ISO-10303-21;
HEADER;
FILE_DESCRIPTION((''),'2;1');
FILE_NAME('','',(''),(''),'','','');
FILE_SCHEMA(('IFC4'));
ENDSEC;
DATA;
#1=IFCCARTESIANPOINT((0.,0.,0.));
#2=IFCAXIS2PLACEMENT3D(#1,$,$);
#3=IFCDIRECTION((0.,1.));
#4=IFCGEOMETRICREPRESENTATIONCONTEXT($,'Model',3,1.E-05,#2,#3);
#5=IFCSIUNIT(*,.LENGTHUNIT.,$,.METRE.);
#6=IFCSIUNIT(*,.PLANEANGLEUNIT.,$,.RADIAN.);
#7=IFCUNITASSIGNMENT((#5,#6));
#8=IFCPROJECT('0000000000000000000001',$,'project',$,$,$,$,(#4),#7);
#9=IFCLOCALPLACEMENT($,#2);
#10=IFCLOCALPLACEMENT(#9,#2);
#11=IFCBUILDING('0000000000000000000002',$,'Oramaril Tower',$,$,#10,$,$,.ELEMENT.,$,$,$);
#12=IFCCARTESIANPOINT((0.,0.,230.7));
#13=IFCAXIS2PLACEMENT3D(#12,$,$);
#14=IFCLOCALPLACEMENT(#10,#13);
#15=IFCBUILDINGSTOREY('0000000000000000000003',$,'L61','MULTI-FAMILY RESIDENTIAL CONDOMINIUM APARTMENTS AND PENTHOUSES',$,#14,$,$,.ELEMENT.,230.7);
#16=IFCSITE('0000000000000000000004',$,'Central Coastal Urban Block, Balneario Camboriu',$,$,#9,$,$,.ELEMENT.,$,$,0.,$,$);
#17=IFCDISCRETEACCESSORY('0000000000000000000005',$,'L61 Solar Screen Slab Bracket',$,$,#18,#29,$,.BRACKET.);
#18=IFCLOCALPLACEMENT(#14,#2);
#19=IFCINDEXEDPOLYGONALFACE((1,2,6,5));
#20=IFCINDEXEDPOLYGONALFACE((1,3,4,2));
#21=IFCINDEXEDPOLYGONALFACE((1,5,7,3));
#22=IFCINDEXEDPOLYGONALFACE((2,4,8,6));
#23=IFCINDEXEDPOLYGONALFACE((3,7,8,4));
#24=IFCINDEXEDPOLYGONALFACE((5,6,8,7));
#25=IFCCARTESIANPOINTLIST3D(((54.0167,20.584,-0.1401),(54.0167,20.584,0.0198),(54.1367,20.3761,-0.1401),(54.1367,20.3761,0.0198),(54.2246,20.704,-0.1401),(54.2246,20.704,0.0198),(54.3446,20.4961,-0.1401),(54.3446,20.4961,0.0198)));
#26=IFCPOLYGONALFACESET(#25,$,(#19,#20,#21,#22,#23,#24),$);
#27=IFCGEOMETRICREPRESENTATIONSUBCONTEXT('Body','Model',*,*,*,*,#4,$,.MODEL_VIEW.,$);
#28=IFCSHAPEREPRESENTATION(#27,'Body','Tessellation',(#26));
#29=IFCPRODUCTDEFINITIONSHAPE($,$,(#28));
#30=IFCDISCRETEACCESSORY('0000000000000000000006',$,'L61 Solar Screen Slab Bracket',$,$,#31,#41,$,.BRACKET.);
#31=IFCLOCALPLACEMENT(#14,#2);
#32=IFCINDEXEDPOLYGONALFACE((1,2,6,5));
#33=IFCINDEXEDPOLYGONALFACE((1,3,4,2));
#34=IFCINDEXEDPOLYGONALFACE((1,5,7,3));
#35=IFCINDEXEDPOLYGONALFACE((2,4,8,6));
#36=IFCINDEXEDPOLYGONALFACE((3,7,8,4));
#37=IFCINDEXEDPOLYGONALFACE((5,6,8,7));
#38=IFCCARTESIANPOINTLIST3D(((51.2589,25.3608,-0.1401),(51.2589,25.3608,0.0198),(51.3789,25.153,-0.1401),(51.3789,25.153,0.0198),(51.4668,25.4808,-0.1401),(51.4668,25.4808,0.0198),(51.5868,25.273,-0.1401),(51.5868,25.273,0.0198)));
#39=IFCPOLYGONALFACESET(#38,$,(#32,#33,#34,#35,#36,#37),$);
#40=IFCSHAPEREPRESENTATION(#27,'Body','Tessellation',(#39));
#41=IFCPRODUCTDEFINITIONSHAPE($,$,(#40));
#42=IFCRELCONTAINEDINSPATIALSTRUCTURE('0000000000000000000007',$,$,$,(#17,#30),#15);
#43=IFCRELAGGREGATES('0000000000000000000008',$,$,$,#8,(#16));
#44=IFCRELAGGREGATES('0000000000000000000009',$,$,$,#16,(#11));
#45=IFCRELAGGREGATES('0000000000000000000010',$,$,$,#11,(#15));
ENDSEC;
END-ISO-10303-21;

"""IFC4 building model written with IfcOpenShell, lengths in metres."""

from ifc_helpers import new_model, si_unit, direction, frame, origin, origin_2d, place, context, subcontext, project, spatial, rectangle, extrude, element, save


model = new_model("IFC4")

# Units and contexts
model_context = context("Model", 3, precision=1e-05, world=origin(), true_north=direction((0.0, 1.0)))
body_context = subcontext(model_context, "Body", "Model", "MODEL_VIEW")
ifc_project = project(units=[si_unit("LENGTHUNIT", "METRE"), si_unit("PLANEANGLEUNIT", "RADIAN")], contexts=[model_context])

# Site, building, storey
site_placement = place(None, origin())
site = spatial("IfcSite", under=ifc_project, at=site_placement, Name="Central Coastal Urban Block, Balneario Camboriu", CompositionType="ELEMENT", RefElevation=0.0)
building_placement = place(site_placement, origin())
building = spatial("IfcBuilding", under=site, at=building_placement, Name="Oramaril Tower", CompositionType="ELEMENT")
storey_placement = place(building_placement, frame((0.0, 0.0, 230.7)))
storey = spatial("IfcBuildingStorey", under=building, at=storey_placement, Name="L61", Description="MULTI-FAMILY RESIDENTIAL CONDOMINIUM APARTMENTS AND PENTHOUSES", CompositionType="ELEMENT", Elevation=230.7)

# Discrete accessories
for number, where, z_axis, x_axis, name in (
    (1, (54.1807, 20.54, -0.1401), (0.0, 0.0, 1.0), (-0.500002, 0.866025, 0.0), "L61 Solar Screen Slab Bracket"),
    (2, (51.4229, 25.3169, -0.1401), (0.0, 0.0, 1.0), (-0.500002, 0.866025, 0.0), "L61 Solar Screen Slab Bracket"),
):
    element("IfcDiscreteAccessory", number, at=place(storey_placement, frame(where, z_axis=z_axis, x_axis=x_axis)), inside=storey, Name=name, PredefinedType="BRACKET", context=body_context, shape_type="SweptSolid", body=[
        extrude(rectangle(XDim=0.24, YDim=0.24, at=origin_2d()), origin(), (0.0, 0.0, 1.0), 0.1599),
    ])

save(model, "model.ifc")
